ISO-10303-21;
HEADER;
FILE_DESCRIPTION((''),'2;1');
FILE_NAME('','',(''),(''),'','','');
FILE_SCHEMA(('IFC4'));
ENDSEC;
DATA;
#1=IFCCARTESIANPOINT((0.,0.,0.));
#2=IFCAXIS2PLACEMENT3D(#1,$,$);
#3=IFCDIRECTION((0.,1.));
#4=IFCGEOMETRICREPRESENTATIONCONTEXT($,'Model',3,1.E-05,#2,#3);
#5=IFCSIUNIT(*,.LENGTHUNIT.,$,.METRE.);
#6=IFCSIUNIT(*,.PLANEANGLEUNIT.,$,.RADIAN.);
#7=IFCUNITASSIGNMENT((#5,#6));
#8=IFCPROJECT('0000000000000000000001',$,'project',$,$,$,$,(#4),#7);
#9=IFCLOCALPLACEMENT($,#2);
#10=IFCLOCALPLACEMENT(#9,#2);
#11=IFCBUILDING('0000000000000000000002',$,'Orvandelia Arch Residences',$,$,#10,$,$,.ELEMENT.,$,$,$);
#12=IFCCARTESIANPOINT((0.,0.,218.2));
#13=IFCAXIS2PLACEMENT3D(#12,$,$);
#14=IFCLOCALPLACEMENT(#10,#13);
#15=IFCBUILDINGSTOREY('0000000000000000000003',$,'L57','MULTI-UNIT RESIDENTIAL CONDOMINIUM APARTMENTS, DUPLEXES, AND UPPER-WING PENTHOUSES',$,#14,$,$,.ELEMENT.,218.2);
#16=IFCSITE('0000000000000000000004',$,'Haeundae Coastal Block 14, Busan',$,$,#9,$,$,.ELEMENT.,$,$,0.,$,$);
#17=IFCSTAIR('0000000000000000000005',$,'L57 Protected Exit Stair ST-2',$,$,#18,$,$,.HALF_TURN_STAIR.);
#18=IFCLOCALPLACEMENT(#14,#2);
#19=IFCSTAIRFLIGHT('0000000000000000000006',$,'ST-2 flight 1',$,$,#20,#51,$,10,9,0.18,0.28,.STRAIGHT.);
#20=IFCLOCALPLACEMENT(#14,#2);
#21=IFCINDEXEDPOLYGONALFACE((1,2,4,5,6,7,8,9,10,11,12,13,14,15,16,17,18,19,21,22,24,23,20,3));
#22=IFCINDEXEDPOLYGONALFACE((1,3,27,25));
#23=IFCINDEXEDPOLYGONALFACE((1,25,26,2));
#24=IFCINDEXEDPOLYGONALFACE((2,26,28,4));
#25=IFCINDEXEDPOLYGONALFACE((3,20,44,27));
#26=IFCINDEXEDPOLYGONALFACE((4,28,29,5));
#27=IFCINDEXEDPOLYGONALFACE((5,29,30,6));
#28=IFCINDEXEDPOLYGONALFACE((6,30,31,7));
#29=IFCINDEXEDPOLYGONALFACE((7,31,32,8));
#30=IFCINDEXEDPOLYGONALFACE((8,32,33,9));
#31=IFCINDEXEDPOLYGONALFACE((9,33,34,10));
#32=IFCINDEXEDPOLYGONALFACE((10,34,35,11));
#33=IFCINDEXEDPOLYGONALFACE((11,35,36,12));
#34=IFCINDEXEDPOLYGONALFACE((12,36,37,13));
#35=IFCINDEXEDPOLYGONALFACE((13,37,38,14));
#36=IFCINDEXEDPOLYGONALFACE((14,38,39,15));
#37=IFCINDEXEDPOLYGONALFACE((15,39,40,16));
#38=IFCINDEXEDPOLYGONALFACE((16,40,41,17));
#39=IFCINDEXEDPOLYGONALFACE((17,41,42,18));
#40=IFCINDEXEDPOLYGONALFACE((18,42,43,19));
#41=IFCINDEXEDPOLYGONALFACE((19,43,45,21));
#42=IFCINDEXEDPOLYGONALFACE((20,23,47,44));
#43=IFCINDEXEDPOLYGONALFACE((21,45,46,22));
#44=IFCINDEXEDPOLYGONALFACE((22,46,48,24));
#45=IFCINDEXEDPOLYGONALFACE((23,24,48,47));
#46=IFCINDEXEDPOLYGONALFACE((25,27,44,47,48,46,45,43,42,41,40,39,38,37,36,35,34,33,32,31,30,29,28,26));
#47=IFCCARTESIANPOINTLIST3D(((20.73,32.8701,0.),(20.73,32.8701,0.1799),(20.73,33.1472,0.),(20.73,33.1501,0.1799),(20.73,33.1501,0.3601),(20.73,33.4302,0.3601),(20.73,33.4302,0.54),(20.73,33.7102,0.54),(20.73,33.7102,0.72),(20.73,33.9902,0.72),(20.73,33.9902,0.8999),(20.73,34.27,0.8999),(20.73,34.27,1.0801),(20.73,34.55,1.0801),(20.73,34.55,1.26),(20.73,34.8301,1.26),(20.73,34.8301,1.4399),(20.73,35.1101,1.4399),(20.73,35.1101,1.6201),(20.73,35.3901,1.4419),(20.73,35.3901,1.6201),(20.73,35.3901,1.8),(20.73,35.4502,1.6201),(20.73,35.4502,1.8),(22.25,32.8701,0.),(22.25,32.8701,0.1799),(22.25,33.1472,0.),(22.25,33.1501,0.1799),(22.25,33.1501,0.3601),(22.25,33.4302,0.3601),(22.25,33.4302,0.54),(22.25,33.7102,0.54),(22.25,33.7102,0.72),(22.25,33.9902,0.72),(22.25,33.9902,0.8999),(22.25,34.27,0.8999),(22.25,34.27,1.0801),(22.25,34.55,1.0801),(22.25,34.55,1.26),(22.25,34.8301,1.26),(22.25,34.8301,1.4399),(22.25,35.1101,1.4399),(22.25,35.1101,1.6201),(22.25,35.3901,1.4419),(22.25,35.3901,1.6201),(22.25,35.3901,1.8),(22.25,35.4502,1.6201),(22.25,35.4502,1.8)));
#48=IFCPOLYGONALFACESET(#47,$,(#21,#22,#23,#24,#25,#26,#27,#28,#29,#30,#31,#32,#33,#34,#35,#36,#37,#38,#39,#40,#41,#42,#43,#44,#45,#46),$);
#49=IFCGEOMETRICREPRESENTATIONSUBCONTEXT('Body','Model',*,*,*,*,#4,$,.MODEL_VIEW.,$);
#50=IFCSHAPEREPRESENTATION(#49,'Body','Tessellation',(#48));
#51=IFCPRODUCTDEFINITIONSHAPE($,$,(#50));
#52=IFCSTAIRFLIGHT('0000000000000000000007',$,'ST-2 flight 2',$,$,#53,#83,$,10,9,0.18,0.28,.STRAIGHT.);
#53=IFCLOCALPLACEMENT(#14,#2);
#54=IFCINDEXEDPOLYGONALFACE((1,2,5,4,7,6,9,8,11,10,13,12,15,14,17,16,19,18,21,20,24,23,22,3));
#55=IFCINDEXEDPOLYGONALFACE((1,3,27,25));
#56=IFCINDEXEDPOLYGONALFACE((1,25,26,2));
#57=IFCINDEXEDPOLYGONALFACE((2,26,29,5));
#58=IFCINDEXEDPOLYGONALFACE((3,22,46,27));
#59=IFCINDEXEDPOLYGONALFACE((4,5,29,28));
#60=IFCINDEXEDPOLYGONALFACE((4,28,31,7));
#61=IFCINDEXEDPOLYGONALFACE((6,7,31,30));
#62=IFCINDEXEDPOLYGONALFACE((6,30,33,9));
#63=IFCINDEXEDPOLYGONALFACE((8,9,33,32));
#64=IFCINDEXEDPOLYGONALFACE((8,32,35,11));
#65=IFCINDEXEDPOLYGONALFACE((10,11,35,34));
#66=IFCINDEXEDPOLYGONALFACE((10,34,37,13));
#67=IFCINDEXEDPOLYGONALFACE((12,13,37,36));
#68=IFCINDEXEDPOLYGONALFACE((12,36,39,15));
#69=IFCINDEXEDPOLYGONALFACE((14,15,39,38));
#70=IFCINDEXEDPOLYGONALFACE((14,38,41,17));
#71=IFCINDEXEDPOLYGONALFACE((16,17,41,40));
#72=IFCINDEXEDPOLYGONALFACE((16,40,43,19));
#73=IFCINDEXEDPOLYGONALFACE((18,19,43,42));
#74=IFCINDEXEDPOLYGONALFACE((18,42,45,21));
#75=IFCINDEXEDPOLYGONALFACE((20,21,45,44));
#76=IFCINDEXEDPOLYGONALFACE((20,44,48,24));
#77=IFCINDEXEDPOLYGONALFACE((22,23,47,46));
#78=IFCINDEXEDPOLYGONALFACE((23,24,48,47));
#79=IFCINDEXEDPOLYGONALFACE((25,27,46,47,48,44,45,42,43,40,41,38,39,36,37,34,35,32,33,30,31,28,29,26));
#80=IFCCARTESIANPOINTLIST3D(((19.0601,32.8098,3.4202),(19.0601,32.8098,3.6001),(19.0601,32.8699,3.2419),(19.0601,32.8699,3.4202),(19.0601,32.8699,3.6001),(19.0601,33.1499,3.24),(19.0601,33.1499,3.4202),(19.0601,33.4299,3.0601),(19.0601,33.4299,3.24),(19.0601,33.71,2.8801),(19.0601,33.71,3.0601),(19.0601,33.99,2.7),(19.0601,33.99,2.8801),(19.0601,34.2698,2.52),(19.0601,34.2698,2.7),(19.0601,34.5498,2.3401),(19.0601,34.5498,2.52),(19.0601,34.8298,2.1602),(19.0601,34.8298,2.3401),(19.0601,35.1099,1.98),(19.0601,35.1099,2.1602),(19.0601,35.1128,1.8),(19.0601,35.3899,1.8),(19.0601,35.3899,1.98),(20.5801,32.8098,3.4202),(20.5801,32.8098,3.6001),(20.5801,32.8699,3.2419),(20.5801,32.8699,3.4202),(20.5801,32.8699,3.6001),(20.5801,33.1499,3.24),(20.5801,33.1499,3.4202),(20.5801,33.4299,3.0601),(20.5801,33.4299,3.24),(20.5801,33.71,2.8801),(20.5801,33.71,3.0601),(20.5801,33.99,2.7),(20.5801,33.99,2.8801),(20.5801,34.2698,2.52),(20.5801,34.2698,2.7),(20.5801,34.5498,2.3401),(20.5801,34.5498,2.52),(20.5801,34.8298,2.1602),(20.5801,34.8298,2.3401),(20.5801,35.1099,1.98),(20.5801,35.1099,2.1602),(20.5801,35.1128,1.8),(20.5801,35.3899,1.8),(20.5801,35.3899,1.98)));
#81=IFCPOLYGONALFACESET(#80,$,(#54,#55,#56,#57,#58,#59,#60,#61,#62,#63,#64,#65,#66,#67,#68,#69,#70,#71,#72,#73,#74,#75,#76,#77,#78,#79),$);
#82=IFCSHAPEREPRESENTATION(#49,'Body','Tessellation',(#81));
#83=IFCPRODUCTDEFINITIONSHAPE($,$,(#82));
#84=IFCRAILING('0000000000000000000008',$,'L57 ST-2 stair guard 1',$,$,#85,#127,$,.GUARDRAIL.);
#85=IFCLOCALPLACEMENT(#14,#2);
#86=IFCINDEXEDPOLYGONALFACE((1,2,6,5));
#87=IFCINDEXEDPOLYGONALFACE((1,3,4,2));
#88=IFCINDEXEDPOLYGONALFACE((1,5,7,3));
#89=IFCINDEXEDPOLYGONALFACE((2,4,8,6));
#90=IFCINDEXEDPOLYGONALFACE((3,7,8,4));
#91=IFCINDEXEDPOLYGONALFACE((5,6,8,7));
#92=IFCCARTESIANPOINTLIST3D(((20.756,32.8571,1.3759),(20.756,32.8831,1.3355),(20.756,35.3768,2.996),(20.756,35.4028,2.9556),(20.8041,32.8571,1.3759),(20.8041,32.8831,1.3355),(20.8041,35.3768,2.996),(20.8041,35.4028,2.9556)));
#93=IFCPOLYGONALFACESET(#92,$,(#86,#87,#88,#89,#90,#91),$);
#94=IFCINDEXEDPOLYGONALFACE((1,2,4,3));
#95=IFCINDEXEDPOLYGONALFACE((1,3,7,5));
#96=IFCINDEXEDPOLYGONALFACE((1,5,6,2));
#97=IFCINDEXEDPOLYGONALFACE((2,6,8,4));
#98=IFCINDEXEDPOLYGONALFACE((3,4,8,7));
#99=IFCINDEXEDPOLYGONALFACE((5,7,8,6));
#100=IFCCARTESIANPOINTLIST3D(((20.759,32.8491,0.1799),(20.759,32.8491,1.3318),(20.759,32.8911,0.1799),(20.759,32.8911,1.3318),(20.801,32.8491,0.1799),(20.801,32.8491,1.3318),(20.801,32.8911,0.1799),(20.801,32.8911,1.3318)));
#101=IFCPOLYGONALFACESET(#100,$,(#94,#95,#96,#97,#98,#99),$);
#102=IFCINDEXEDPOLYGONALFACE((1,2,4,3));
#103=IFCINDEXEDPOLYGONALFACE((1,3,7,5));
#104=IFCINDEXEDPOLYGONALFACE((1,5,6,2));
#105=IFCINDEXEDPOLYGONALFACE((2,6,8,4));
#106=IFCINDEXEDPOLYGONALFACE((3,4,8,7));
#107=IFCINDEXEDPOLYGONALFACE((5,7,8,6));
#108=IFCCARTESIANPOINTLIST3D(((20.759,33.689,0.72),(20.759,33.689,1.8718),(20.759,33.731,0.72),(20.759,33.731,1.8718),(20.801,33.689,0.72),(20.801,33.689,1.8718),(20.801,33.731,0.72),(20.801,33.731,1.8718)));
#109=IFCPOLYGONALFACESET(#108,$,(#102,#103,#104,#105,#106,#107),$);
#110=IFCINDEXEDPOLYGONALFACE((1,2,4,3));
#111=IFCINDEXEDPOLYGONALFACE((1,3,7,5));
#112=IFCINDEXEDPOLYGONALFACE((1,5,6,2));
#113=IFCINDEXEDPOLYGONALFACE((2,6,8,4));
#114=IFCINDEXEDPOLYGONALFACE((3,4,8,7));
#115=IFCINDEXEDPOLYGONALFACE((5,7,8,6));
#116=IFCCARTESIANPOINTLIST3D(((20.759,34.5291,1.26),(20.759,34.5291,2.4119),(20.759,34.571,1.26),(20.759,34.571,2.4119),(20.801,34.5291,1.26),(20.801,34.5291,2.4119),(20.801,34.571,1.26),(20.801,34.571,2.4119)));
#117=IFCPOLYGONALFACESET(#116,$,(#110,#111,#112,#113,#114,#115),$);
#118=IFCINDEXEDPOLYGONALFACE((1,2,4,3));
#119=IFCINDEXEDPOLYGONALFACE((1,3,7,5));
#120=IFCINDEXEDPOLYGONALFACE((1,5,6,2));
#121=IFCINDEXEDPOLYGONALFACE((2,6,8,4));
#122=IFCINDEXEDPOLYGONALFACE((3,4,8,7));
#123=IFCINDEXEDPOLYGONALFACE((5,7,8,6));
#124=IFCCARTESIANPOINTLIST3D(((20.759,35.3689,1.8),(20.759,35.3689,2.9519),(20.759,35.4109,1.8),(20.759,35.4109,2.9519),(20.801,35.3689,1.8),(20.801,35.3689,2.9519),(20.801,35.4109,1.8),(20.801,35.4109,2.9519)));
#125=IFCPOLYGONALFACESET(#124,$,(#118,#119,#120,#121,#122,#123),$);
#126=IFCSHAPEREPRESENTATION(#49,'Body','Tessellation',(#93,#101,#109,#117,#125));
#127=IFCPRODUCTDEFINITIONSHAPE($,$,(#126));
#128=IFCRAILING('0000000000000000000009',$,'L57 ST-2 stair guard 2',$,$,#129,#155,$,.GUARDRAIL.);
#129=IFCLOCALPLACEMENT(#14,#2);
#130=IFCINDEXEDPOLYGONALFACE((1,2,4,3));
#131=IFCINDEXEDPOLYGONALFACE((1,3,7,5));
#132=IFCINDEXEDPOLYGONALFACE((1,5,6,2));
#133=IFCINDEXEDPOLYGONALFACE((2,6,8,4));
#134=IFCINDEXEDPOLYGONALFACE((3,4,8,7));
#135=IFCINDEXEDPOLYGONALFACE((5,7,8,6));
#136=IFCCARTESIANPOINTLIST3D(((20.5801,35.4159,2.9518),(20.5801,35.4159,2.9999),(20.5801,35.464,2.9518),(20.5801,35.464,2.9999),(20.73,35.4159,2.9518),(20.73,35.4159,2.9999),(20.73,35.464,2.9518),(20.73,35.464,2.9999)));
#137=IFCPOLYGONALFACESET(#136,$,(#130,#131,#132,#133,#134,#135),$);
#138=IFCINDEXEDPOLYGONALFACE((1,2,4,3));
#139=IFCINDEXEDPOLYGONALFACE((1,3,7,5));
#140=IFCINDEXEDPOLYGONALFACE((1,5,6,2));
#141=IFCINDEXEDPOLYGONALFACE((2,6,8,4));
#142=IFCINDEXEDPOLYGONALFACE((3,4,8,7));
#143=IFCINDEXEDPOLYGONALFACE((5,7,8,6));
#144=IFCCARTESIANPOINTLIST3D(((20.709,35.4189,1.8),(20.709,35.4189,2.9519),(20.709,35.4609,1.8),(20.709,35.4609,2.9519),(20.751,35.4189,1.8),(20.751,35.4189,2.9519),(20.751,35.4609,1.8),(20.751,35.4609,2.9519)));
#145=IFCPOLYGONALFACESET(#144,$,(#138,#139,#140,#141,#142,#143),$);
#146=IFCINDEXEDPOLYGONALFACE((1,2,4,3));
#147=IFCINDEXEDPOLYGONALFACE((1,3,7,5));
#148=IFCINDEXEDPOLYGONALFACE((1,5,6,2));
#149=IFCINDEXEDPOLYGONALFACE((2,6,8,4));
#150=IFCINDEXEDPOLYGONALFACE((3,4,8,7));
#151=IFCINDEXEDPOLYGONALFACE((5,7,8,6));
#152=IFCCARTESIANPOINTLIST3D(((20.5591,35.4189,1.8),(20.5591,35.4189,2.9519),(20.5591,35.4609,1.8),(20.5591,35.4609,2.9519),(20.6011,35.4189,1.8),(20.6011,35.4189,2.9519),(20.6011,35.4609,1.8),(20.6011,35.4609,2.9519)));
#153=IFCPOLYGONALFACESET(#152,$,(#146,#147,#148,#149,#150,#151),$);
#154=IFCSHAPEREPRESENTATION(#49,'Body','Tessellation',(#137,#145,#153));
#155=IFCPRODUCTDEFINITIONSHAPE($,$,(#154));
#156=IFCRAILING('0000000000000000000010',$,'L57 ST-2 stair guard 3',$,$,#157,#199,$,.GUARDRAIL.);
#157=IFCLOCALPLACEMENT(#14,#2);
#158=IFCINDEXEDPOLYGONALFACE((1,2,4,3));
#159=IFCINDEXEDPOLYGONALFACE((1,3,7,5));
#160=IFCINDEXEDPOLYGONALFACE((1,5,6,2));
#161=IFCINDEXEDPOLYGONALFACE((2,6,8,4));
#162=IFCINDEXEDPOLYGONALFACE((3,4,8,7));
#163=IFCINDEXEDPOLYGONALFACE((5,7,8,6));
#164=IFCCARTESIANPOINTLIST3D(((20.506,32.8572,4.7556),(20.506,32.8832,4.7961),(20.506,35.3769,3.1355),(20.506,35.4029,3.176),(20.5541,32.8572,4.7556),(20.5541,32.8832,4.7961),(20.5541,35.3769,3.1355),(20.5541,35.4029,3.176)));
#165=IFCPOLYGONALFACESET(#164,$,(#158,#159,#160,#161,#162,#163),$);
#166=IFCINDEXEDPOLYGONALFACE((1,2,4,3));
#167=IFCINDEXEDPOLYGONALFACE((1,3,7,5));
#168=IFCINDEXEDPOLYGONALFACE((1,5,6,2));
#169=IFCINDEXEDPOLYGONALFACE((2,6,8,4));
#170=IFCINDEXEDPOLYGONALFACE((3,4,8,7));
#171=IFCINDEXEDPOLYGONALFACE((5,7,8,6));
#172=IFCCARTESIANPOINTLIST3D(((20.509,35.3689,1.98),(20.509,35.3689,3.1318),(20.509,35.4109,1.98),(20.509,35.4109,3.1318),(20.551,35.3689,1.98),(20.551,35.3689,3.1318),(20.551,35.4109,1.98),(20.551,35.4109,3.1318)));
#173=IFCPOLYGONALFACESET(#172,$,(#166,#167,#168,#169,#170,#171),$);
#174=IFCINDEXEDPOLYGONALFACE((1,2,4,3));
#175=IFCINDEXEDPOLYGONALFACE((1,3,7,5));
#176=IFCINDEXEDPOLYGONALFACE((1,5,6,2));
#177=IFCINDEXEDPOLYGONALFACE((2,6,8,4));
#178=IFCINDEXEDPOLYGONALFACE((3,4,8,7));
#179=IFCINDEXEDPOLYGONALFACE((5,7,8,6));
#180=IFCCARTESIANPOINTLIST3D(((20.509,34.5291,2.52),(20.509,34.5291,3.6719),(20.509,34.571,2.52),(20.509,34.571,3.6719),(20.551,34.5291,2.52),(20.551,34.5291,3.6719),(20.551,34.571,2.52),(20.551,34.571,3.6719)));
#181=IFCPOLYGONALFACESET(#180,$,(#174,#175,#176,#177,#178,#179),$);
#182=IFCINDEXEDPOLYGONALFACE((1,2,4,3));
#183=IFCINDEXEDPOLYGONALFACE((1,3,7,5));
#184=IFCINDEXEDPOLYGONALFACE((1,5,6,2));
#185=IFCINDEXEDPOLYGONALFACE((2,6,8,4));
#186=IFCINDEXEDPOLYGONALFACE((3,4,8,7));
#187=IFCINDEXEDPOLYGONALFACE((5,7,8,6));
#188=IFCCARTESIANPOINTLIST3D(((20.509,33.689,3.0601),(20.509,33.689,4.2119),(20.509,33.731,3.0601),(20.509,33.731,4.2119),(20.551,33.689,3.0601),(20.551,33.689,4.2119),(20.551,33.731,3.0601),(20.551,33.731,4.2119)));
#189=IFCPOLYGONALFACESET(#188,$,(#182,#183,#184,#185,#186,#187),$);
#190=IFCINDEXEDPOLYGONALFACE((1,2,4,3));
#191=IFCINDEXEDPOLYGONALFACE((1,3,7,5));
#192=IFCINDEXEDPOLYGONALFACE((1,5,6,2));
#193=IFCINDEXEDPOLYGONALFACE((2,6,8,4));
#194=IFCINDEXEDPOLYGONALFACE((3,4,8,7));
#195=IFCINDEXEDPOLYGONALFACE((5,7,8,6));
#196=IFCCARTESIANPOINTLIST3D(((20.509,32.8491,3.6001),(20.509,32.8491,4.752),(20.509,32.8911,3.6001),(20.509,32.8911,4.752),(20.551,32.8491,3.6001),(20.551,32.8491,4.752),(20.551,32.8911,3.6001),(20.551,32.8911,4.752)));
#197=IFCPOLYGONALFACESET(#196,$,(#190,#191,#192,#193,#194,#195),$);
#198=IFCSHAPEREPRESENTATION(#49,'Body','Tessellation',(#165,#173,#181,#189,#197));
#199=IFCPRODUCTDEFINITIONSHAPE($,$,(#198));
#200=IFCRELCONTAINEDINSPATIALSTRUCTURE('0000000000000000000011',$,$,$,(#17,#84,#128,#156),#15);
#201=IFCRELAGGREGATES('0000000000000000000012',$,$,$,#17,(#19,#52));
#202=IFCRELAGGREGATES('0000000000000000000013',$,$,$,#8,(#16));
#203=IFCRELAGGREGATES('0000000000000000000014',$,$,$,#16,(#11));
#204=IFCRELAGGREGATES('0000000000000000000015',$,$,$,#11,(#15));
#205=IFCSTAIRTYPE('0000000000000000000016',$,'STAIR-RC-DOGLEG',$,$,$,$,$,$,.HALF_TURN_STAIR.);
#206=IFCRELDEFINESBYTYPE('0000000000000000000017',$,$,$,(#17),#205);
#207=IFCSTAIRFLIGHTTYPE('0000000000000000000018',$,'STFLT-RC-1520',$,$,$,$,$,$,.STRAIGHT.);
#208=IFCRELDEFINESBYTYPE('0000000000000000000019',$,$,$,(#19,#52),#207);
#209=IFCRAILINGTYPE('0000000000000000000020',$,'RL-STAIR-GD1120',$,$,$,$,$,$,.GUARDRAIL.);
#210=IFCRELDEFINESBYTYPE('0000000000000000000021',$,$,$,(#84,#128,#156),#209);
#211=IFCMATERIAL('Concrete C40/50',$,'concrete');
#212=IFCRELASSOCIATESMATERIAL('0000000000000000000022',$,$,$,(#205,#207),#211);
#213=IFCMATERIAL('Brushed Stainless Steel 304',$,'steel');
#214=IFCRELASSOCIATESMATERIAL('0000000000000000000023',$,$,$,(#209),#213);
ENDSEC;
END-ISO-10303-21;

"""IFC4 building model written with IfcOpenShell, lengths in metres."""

from ifc_helpers import new_model, si_unit, direction, frame, origin, origin_2d, place, context, subcontext, project, spatial, polyline, rectangle, outline, extrude, material, type_object, element, aggregate, save


model = new_model("IFC4")

# Units and contexts
model_context = context("Model", 3, precision=1e-05, world=origin(), true_north=direction((0.0, 1.0)))
body_context = subcontext(model_context, "Body", "Model", "MODEL_VIEW")
ifc_project = project(units=[si_unit("LENGTHUNIT", "METRE"), si_unit("PLANEANGLEUNIT", "RADIAN")], contexts=[model_context])

# Site, building, storey
site_placement = place(None, origin())
site = spatial("IfcSite", under=ifc_project, at=site_placement, Name="Haeundae Coastal Block 14, Busan", CompositionType="ELEMENT", RefElevation=0.0)
building_placement = place(site_placement, origin())
building = spatial("IfcBuilding", under=site, at=building_placement, Name="Orvandelia Arch Residences", CompositionType="ELEMENT")
storey_placement = place(building_placement, frame((0.0, 0.0, 218.2)))
storey = spatial("IfcBuildingStorey", under=building, at=storey_placement, Name="L57", Description="MULTI-UNIT RESIDENTIAL CONDOMINIUM APARTMENTS, DUPLEXES, AND UPPER-WING PENTHOUSES", CompositionType="ELEMENT", Elevation=218.2)

# Stair, stair flights
ifc_material_1 = material(Name="Concrete C40/50", Category="concrete")
stair_type = type_object("IfcStairType", Name="STAIR-RC-DOGLEG", PredefinedType="HALF_TURN_STAIR", material=ifc_material_1)
stair_placement = place(storey_placement, origin())
stair = element("IfcStair", 1, at=stair_placement, inside=storey, type_object=stair_type, Name="L57 Protected Exit Stair ST-2", PredefinedType="HALF_TURN_STAIR")
stair_flight_type = type_object("IfcStairFlightType", Name="STFLT-RC-1520", PredefinedType="STRAIGHT", material=ifc_material_1)
stair_flight_1_placement = place(storey_placement, frame((21.49, 32.8701, 0.0), z_axis=(0.0, 0.0, 1.0), x_axis=(0.0, 1.0, 0.0)))
stair_flight_1 = element("IfcStairFlight", 2, at=stair_flight_1_placement, type_object=stair_flight_type, Name="ST-2 flight 1", NumberOfRisers=10, NumberOfTreads=9, PredefinedType="STRAIGHT", RiserHeight=0.18, TreadLength=0.28, context=body_context, shape_type="SweptSolid", body=[
    extrude(outline(polyline([(0.0, 0.0), (0.0, 0.1799), (0.28, 0.1799), (0.28, 0.3601), (0.5601, 0.3601), (0.5601, 0.54), (0.8401, 0.54), (0.8401, 0.72), (1.1201, 0.72), (1.1201, 0.8999), (1.3999, 0.8999), (1.3999, 1.0801), (1.6799, 1.0801), (1.6799, 1.26), (1.96, 1.26), (1.96, 1.4399), (2.24, 1.4399), (2.24, 1.6201), (2.52, 1.6201), (2.52, 1.8), (2.5801, 1.8), (2.5801, 1.6201), (2.52, 1.4419), (0.2771, 0.0), (0.0, 0.0)])), frame((0.0, 0.76, 0.0), z_axis=(0.0, -1.0, 0.0), x_axis=(1.0, 0.0, 0.0)), (0.0, 0.0, 1.0), 1.52),
])
stair_flight_2_placement = place(storey_placement, frame((19.8201, 35.3899, 1.8), z_axis=(0.0, 0.0, 1.0), x_axis=(0.0, -1.0, 0.0)))
stair_flight_2 = element("IfcStairFlight", 3, at=stair_flight_2_placement, type_object=stair_flight_type, Name="ST-2 flight 2", NumberOfRisers=10, NumberOfTreads=9, PredefinedType="STRAIGHT", RiserHeight=0.18, TreadLength=0.28, context=body_context, shape_type="SweptSolid", body=[
    extrude(outline(polyline([(0.0, 0.0), (0.0, 0.1799), (0.28, 0.1799), (0.28, 0.3601), (0.5601, 0.3601), (0.5601, 0.54), (0.8401, 0.54), (0.8401, 0.72), (1.1201, 0.72), (1.1201, 0.8999), (1.3999, 0.8999), (1.3999, 1.0801), (1.6799, 1.0801), (1.6799, 1.26), (1.96, 1.26), (1.96, 1.4399), (2.24, 1.4399), (2.24, 1.6201), (2.52, 1.6201), (2.52, 1.8), (2.5801, 1.8), (2.5801, 1.6201), (2.52, 1.4419), (0.2771, 0.0), (0.0, 0.0)])), frame((0.0, 0.76, 0.0), z_axis=(0.0, -1.0, 0.0), x_axis=(1.0, 0.0, 0.0)), (0.0, 0.0, 1.0), 1.52),
])
aggregate(stair, [stair_flight_1, stair_flight_2])

# Railings
ifc_material_2 = material(Name="Brushed Stainless Steel 304", Category="steel")
railing_type_1 = type_object("IfcRailingType", Name="RL-STAIR-GD1120", PredefinedType="GUARDRAIL", material=ifc_material_2)
railing_1_placement = place(storey_placement, frame((20.78, 32.8701, 0.1799)))
element("IfcRailing", 4, at=railing_1_placement, inside=storey, type_object=railing_type_1, Name="L57 ST-2 stair guard 1", PredefinedType="GUARDRAIL", context=body_context, shape_type="SweptSolid", body=[
    extrude(rectangle(XDim=0.0481, YDim=0.0481, at=origin_2d()), frame((0.0, 0.0, 1.1758), z_axis=(0.0, 0.841139, 0.540819), x_axis=(-1.0, 0.0, 0.0)), (0.0, 0.0, 1.0), 2.9956),
    extrude(rectangle(XDim=0.042, YDim=0.042, at=origin_2d()), origin(), (0.0, 0.0, 1.0), 1.1519),
    extrude(rectangle(XDim=0.042, YDim=0.042, at=origin_2d()), frame((0.0, 0.8398, 0.54)), (0.0, 0.0, 1.0), 1.1519),
    extrude(rectangle(XDim=0.042, YDim=0.042, at=origin_2d()), frame((0.0, 1.6799, 1.0801)), (0.0, 0.0, 1.0), 1.1519),
    extrude(rectangle(XDim=0.042, YDim=0.042, at=origin_2d()), frame((0.0, 2.5198, 1.6201)), (0.0, 0.0, 1.0), 1.1519),
])
railing_2_placement = place(storey_placement, frame((20.73, 35.4399, 1.8)))
element("IfcRailing", 5, at=railing_2_placement, inside=storey, type_object=railing_type_1, Name="L57 ST-2 stair guard 2", PredefinedType="GUARDRAIL", context=body_context, shape_type="SweptSolid", body=[
    extrude(rectangle(XDim=0.0481, YDim=0.0481, at=origin_2d()), frame((0.0, 0.0, 1.1758), z_axis=(-1.0, 0.0, 0.0), x_axis=(0.0, -1.0, 0.0)), (0.0, 0.0, 1.0), 0.1499),
    extrude(rectangle(XDim=0.042, YDim=0.042, at=origin_2d()), origin(), (0.0, 0.0, 1.0), 1.1519),
    extrude(rectangle(XDim=0.042, YDim=0.042, at=origin_2d()), frame((-0.1499, 0.0, 0.0)), (0.0, 0.0, 1.0), 1.1519),
])
railing_3_placement = place(storey_placement, frame((20.53, 35.3899, 1.98)))
element("IfcRailing", 6, at=railing_3_placement, inside=storey, type_object=railing_type_1, Name="L57 ST-2 stair guard 3", PredefinedType="GUARDRAIL", context=body_context, shape_type="SweptSolid", body=[
    extrude(rectangle(XDim=0.0481, YDim=0.0481, at=origin_2d()), frame((0.0, 0.0, 1.1758), z_axis=(0.0, -0.841139, 0.540819), x_axis=(1.0, 0.0, 0.0)), (0.0, 0.0, 1.0), 2.9956),
    extrude(rectangle(XDim=0.042, YDim=0.042, at=origin_2d()), origin(), (0.0, 0.0, 1.0), 1.1519),
    extrude(rectangle(XDim=0.042, YDim=0.042, at=origin_2d()), frame((0.0, -0.8398, 0.54)), (0.0, 0.0, 1.0), 1.1519),
    extrude(rectangle(XDim=0.042, YDim=0.042, at=origin_2d()), frame((0.0, -1.6799, 1.0801)), (0.0, 0.0, 1.0), 1.1519),
    extrude(rectangle(XDim=0.042, YDim=0.042, at=origin_2d()), frame((0.0, -2.5198, 1.6201)), (0.0, 0.0, 1.0), 1.1519),
])

save(model, "model.ifc")
